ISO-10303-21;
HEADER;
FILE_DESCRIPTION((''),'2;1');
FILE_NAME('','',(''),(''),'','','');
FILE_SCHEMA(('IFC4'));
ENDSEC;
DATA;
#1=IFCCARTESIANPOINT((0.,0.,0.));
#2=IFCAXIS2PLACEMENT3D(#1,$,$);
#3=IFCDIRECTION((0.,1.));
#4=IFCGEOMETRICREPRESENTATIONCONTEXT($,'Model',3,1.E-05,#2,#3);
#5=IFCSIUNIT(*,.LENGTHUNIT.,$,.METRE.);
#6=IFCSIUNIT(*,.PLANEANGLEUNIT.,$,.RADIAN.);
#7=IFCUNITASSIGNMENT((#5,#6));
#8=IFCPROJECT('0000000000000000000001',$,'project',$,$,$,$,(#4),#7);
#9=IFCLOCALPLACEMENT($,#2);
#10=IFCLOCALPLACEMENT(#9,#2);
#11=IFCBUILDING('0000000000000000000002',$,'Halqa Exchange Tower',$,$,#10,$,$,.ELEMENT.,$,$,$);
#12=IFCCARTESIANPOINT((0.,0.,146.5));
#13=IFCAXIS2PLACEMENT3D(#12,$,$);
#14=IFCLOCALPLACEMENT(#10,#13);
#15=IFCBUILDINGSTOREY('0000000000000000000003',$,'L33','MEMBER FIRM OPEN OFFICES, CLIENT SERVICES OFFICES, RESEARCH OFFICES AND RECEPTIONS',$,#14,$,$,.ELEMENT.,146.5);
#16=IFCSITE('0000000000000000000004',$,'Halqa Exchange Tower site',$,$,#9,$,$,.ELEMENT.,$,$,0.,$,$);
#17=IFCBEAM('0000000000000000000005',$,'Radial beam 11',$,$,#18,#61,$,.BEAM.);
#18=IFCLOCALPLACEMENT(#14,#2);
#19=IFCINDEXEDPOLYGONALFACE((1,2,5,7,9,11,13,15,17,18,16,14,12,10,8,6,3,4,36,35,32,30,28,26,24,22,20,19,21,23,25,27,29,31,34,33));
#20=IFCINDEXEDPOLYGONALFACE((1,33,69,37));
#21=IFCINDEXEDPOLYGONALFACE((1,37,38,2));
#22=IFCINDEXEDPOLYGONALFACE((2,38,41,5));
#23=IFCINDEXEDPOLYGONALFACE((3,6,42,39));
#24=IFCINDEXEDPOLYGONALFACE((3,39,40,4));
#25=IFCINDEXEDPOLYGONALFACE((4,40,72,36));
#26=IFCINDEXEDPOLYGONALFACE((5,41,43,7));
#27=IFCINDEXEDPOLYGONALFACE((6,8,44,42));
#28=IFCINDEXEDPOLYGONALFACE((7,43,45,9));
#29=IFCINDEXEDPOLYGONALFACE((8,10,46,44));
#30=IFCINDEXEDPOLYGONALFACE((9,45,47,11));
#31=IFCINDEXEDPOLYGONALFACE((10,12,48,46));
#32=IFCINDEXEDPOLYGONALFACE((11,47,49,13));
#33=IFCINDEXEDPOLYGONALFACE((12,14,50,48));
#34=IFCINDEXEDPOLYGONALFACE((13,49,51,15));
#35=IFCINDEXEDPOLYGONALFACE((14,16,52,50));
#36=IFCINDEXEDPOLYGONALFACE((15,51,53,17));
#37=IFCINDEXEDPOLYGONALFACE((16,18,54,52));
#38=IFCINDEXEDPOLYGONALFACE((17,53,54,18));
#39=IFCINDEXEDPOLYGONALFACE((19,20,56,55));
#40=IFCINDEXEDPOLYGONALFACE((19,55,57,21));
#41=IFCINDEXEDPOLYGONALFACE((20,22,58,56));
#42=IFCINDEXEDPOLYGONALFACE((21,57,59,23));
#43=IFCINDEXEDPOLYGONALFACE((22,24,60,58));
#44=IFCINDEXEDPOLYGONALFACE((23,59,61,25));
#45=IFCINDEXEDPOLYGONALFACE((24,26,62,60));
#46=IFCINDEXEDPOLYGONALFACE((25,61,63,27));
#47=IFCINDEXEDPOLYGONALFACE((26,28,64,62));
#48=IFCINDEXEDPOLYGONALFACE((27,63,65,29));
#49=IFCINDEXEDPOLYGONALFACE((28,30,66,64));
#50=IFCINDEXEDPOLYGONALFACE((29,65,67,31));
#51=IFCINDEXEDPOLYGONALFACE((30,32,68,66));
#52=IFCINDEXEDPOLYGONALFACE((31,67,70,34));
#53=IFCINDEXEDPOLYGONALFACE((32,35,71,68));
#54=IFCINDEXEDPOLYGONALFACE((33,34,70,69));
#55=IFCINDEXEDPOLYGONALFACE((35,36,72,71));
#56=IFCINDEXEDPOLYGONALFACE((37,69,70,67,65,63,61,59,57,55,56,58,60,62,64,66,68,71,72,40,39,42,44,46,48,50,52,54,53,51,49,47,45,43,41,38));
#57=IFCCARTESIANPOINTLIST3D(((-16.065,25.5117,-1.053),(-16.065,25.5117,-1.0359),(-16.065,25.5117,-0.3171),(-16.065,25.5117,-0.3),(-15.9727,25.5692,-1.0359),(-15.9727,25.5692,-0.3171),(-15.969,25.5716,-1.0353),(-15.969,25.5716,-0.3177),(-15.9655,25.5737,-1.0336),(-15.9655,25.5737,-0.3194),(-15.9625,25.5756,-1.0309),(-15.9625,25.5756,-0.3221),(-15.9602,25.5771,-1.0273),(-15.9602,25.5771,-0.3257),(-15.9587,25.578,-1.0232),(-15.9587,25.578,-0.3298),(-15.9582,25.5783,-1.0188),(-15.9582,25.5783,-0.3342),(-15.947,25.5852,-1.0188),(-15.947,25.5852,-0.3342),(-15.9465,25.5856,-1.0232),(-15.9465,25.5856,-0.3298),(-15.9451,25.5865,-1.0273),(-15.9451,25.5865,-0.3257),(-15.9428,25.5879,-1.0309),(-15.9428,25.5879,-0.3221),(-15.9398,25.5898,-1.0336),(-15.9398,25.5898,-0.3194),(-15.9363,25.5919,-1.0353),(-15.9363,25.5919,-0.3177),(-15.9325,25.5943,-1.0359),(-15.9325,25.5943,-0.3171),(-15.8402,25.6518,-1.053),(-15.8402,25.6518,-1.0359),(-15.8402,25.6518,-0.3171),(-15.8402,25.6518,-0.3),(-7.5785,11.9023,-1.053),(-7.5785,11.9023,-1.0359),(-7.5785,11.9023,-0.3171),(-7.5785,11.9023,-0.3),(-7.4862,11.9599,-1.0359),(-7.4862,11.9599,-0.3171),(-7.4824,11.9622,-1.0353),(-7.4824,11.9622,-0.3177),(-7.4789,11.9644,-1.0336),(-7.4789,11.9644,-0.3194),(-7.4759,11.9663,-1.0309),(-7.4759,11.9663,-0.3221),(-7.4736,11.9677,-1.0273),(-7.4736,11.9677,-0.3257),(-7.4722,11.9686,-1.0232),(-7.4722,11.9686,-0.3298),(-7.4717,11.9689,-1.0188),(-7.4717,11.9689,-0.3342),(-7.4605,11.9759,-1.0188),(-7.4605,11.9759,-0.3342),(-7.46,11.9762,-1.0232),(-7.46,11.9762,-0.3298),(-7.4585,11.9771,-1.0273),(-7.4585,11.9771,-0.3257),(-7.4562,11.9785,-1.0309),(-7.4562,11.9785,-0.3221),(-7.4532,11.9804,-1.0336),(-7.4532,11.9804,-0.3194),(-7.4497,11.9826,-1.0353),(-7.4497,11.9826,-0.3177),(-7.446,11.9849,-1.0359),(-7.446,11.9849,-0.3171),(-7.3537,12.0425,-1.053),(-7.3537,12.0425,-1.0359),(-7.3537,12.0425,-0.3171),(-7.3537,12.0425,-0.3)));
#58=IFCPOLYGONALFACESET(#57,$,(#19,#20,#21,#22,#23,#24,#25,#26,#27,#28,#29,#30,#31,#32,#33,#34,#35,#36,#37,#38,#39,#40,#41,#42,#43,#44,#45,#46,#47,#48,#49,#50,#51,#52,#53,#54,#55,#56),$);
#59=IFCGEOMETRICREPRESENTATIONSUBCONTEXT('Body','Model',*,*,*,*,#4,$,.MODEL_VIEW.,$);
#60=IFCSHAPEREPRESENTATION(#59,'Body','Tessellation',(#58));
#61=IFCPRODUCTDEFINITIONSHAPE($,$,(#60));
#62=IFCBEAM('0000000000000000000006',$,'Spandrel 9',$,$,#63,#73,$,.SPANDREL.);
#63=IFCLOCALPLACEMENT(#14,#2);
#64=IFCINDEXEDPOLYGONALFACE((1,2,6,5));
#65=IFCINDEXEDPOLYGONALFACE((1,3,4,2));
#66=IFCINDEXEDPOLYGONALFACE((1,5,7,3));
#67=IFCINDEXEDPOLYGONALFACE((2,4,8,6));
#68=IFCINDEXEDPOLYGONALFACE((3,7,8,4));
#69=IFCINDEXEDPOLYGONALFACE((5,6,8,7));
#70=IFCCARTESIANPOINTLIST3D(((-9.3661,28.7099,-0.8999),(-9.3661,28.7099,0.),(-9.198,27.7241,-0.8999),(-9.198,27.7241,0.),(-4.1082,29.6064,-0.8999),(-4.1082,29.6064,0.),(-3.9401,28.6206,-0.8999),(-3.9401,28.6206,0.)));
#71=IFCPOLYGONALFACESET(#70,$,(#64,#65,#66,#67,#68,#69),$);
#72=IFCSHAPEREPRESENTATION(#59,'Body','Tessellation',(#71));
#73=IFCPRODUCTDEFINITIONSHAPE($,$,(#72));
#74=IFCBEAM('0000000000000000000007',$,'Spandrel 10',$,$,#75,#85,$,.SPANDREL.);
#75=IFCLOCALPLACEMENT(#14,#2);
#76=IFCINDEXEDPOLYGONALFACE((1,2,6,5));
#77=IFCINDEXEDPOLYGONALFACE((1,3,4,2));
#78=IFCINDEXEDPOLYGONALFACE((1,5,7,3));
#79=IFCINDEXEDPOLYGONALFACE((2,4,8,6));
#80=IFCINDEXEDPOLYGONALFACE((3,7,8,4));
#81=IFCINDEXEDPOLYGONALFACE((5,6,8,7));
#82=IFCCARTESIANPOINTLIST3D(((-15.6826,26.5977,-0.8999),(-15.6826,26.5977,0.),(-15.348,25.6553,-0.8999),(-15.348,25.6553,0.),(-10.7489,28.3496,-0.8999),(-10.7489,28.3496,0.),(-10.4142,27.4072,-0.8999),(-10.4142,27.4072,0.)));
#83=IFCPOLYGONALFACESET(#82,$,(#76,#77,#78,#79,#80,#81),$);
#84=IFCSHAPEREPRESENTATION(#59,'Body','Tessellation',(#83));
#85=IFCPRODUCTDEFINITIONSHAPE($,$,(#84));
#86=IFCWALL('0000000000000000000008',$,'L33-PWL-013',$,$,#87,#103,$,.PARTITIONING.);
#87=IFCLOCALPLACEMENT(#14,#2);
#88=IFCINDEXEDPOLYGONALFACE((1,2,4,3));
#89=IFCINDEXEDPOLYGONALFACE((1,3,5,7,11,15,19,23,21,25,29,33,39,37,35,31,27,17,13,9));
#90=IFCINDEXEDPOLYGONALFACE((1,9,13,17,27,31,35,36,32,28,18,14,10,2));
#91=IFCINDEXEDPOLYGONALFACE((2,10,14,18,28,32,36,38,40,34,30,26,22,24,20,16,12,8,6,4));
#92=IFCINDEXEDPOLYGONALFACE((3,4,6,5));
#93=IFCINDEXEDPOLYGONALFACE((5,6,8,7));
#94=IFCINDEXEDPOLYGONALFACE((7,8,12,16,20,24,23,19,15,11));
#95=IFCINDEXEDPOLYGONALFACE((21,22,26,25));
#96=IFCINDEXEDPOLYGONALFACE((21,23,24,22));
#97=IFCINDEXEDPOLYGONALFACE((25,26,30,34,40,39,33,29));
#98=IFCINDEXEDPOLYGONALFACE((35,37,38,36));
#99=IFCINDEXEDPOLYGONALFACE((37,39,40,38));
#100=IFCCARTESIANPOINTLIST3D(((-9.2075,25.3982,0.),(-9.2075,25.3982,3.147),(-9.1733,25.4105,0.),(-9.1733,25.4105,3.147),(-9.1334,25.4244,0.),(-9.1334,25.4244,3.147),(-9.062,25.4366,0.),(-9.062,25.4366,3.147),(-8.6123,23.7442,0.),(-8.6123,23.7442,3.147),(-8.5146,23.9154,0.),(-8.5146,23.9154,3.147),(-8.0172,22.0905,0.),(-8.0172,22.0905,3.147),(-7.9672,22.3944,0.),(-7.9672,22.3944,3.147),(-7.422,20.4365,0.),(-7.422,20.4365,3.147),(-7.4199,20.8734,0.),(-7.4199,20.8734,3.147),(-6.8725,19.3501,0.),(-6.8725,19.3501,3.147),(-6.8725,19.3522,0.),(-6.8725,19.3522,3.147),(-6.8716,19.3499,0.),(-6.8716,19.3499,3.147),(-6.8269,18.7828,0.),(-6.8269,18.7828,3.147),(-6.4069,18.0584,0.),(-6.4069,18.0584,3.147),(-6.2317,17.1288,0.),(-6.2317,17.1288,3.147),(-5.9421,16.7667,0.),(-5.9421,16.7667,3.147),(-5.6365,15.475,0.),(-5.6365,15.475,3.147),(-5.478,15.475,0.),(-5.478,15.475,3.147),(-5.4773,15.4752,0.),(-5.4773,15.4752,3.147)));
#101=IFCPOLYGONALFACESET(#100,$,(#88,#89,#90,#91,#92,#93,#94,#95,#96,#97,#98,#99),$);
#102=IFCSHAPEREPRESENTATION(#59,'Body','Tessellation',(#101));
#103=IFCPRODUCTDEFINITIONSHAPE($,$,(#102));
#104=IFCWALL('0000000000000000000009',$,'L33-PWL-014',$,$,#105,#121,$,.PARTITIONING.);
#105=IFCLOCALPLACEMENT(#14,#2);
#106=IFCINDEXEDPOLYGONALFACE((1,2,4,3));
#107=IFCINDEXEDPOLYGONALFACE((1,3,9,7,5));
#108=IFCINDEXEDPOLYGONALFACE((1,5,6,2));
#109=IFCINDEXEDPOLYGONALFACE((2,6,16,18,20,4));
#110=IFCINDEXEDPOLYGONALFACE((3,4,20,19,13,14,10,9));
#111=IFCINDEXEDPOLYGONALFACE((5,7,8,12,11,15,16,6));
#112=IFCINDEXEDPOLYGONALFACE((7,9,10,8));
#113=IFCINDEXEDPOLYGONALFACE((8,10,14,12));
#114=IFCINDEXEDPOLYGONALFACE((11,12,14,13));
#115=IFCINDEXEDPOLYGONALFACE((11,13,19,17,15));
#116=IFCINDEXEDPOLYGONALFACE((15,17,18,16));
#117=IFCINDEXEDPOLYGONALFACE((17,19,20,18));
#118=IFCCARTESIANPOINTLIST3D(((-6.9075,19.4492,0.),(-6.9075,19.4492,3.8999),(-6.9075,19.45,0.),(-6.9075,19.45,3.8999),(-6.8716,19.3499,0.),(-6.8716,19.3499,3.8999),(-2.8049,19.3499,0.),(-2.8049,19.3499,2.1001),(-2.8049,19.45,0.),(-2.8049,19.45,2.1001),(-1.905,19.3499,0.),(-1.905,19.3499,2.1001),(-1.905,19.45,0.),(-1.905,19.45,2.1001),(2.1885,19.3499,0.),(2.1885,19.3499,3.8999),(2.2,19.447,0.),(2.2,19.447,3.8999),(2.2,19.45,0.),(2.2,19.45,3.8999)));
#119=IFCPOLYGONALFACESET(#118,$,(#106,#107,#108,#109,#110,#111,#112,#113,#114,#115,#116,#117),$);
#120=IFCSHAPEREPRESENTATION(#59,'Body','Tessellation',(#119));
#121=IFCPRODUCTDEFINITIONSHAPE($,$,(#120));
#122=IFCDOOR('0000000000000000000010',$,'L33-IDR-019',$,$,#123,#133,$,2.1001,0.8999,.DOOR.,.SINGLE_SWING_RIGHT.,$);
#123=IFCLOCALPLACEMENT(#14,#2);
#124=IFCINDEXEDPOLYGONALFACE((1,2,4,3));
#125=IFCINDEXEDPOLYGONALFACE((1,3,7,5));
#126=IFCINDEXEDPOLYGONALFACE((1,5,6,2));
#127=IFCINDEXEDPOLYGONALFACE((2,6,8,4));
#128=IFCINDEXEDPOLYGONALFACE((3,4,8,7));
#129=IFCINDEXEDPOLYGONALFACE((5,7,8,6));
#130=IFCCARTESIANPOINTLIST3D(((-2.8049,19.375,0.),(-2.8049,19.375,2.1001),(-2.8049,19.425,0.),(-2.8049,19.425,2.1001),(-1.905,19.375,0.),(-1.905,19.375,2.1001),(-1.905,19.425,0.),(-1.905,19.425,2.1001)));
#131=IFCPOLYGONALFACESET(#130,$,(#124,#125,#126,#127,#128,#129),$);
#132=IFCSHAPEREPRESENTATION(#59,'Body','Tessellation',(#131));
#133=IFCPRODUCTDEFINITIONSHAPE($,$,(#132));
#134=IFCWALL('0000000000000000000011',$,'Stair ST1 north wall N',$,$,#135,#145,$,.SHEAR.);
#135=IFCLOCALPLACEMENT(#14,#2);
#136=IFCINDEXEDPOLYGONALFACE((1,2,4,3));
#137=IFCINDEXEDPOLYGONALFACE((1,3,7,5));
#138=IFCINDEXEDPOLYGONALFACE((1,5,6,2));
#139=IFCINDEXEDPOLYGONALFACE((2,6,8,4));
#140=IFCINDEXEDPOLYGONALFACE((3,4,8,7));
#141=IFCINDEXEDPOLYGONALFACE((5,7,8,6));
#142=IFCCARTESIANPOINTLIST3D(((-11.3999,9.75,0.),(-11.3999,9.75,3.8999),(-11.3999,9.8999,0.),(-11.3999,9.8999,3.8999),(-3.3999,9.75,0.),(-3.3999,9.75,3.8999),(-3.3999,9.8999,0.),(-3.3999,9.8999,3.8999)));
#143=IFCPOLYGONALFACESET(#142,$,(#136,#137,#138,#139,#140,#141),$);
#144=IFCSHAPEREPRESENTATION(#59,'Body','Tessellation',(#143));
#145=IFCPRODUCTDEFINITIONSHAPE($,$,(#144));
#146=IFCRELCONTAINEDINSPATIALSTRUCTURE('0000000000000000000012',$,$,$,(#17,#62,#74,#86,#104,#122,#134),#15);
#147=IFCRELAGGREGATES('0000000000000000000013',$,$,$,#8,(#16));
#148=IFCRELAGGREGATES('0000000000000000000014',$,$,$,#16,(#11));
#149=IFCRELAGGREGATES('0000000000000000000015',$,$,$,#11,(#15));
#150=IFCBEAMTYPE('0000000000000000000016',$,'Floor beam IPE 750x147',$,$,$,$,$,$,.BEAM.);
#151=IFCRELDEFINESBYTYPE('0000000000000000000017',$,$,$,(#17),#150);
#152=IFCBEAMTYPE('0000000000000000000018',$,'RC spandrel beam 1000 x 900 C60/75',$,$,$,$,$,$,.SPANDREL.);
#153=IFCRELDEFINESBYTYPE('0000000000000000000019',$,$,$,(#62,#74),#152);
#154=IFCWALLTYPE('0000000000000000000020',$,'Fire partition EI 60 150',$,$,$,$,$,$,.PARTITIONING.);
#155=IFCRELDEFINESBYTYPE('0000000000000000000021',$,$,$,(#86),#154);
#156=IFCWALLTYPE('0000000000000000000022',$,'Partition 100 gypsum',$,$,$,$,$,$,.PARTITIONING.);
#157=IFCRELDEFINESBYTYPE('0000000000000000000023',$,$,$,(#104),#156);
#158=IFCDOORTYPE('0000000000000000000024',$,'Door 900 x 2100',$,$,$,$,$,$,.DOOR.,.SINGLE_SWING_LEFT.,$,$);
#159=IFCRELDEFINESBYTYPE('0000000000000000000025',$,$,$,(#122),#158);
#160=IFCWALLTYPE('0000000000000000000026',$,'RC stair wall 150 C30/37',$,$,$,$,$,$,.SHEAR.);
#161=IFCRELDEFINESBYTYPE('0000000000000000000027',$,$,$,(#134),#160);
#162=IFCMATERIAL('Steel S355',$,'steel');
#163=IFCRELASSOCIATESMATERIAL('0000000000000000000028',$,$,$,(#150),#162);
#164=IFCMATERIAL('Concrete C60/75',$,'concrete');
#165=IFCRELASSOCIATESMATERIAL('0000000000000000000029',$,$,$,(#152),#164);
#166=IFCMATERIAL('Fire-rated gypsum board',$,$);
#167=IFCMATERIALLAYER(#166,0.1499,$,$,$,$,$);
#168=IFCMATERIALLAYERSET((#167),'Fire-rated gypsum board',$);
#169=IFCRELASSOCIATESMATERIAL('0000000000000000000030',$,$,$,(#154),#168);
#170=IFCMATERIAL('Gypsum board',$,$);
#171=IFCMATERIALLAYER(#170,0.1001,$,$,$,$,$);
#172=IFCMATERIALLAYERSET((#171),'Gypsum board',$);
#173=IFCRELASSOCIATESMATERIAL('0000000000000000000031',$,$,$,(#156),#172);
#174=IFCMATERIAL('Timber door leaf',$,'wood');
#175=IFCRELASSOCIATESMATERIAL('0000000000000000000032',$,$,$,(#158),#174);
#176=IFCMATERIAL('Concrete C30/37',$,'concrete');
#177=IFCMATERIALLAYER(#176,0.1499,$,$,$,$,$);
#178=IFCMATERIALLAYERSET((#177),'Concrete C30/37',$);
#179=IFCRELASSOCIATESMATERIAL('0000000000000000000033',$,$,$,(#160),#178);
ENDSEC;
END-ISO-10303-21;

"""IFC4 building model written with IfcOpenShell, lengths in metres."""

from ifc_helpers import new_model, si_unit, direction, frame, frame_2d, origin, origin_2d, place, context, subcontext, project, spatial, polyline, rectangle, i_section, outline, extrude, material, layer, layer_set, material_profile, profile_set, type_object, element, fill, save


model = new_model("IFC4")

# Units and contexts
model_context = context("Model", 3, precision=1e-05, world=origin(), true_north=direction((0.0, 1.0)))
body_context = subcontext(model_context, "Body", "Model", "MODEL_VIEW")
ifc_project = project(units=[si_unit("LENGTHUNIT", "METRE"), si_unit("PLANEANGLEUNIT", "RADIAN")], contexts=[model_context])

# Site, building, storey
site_placement = place(None, origin())
site = spatial("IfcSite", under=ifc_project, at=site_placement, Name="Halqa Exchange Tower site", CompositionType="ELEMENT", RefElevation=0.0)
building_placement = place(site_placement, origin())
building = spatial("IfcBuilding", under=site, at=building_placement, Name="Halqa Exchange Tower", CompositionType="ELEMENT")
storey_placement = place(building_placement, frame((0.0, 0.0, 146.5)))
storey = spatial("IfcBuildingStorey", under=building, at=storey_placement, Name="L33", Description="MEMBER FIRM OPEN OFFICES, CLIENT SERVICES OFFICES, RESEARCH OFFICES AND RECEPTIONS", CompositionType="ELEMENT", Elevation=146.5)

# Beams
ifc_material_1 = material(Name="Steel S355", Category="steel")
ifc_material_profile_1 = material_profile(ifc_material_1, i_section(OverallWidth=0.2649, OverallDepth=0.7529, WebThickness=0.0132, FlangeThickness=0.0171, FilletRadius=0.0171, at=origin_2d()), Name="IPE 750x147")
ifc_profile_set_1 = profile_set([ifc_material_profile_1], Name="Steel S355")
beam_type_1 = type_object("IfcBeamType", Name="Floor beam IPE 750x147", PredefinedType="BEAM", material=ifc_profile_set_1)
beam_1_placement = place(storey_placement, frame((-7.4661, 11.9724, -0.6765), z_axis=(-0.529134, 0.848538, 0.0), x_axis=(-0.848538, -0.529134, 0.0)))
element("IfcBeam", 1, at=beam_1_placement, inside=storey, type_object=beam_type_1, Name="Radial beam 11", PredefinedType="BEAM", context=body_context, shape_type="SweptSolid", body=[
    extrude(i_section(OverallWidth=0.2649, OverallDepth=0.7529, WebThickness=0.0132, FlangeThickness=0.0171, FilletRadius=0.0171, at=origin_2d()), origin(), (0.0, 0.0, 1.0), 16.0386),
])
ifc_material_2 = material(Name="Concrete C60/75", Category="concrete")
ifc_material_profile_2 = material_profile(ifc_material_2, rectangle(XDim=1.0, YDim=0.8999, at=origin_2d()), Name="1000 x 900")
ifc_profile_set_2 = profile_set([ifc_material_profile_2], Name="Concrete C60/75")
beam_type_2 = type_object("IfcBeamType", Name="RC spandrel beam 1000 x 900 C60/75", PredefinedType="SPANDREL", material=ifc_profile_set_2)
beam_2_placement = place(storey_placement, frame((-4.0242, 29.1135, -0.45), z_axis=(-0.985773, -0.168079, 0.0), x_axis=(0.168079, -0.985773, 0.0)))
element("IfcBeam", 2, at=beam_2_placement, inside=storey, type_object=beam_type_2, Name="Spandrel 9", PredefinedType="SPANDREL", context=body_context, shape_type="SweptSolid", body=[
    extrude(rectangle(XDim=1.0, YDim=0.8999, at=origin_2d()), origin(), (0.0, 0.0, 1.0), 5.3337),
])
beam_3_placement = place(storey_placement, frame((-10.5815, 27.8784, -0.45), z_axis=(-0.942353, -0.33462, 0.0), x_axis=(0.33462, -0.942353, 0.0)))
element("IfcBeam", 3, at=beam_3_placement, inside=storey, type_object=beam_type_2, Name="Spandrel 10", PredefinedType="SPANDREL", context=body_context, shape_type="SweptSolid", body=[
    extrude(rectangle(XDim=1.0, YDim=0.8999, at=origin_2d()), origin(), (0.0, 0.0, 1.0), 5.2356),
])

# Wall
ifc_material_3 = material(Name="Fire-rated gypsum board")
ifc_layer_1 = layer(ifc_material_3, 0.1499)
ifc_layer_set_1 = layer_set([ifc_layer_1], Name="Fire-rated gypsum board")
wall_type_1 = type_object("IfcWallType", Name="Fire partition EI 60 150", PredefinedType="PARTITIONING", material=ifc_layer_set_1)
wall_1_placement = place(storey_placement, frame((-9.137, 25.4236, 0.0), z_axis=(0.0, 0.0, 1.0), x_axis=(0.338603, -0.940929, 0.0)))
element("IfcWall", 4, at=wall_1_placement, inside=storey, type_object=wall_type_1, Name="L33-PWL-013", PredefinedType="PARTITIONING", context=body_context, shape_type="SweptSolid", body=[
    extrude(outline(polyline([(0.0, -0.075), (1.7578, -0.075), (3.5154, -0.075), (5.2732, -0.075), (7.0308, -0.075), (8.7886, -0.075), (10.5461, -0.075), (10.5999, 0.0742), (10.5999, 0.075), (9.2273, 0.075), (7.8545, 0.075), (6.4819, 0.075), (6.4814, 0.0742), (6.4795, 0.075), (4.8628, 0.075), (3.2463, 0.075), (1.6299, 0.075), (0.0132, 0.075), (0.0005, 0.0037), (0.0, -0.0386), (0.0, -0.075)])), origin(), (0.0, 0.0, 1.0), 3.147),
])

# Wall, opening, door
ifc_material_4 = material(Name="Gypsum board")
ifc_layer_2 = layer(ifc_material_4, 0.1001)
ifc_layer_set_2 = layer_set([ifc_layer_2], Name="Gypsum board")
wall_type_2 = type_object("IfcWallType", Name="Partition 100 gypsum", PredefinedType="PARTITIONING", material=ifc_layer_set_2)
wall_2_placement = place(storey_placement, frame((-6.9075, 19.3999, 0.0), z_axis=(0.0, 0.0, 1.0), x_axis=(1.0, 0.0, 0.0)))
wall_2 = element("IfcWall", 5, at=wall_2_placement, inside=storey, type_object=wall_type_2, Name="L33-PWL-014", PredefinedType="PARTITIONING", context=body_context, shape_type="SweptSolid", body=[
    extrude(outline(polyline([(0.0359, -0.05), (1.8479, -0.05), (3.6599, -0.05), (5.4719, -0.05), (7.2839, -0.05), (9.0959, -0.05), (9.1074, 0.0471), (9.1074, 0.05), (7.2859, 0.05), (5.4644, 0.05), (3.6431, 0.05), (1.8215, 0.05), (0.0, 0.05), (0.0, 0.0493), (0.0359, -0.05)])), origin(), (0.0, 0.0, 1.0), 3.8999),
])
opening_1_placement = place(wall_2_placement, frame((4.1025, 0.0, 0.0)))
opening_1 = element("IfcOpeningElement", 6, at=opening_1_placement, cuts=wall_2, PredefinedType="OPENING", context=body_context, shape_type="SweptSolid", body=[
    extrude(rectangle(XDim=0.8999, YDim=2.1001, at=frame_2d((0.45, 1.05))), frame((0.0, 0.062, 0.0), z_axis=(0.0, -1.0, 0.0), x_axis=(1.0, 0.0, 0.0)), (0.0, 0.0, 1.0), 0.124),
])
ifc_material_5 = material(Name="Timber door leaf", Category="wood")
door_type = type_object("IfcDoorType", Name="Door 900 x 2100", OperationType="SINGLE_SWING_LEFT", PredefinedType="DOOR", material=ifc_material_5)
door_placement = place(opening_1_placement, frame((0.8999, 0.0, 0.0), z_axis=(0.0, 0.0, 1.0), x_axis=(-1.0, 0.0, 0.0)))
door = element("IfcDoor", 7, at=door_placement, inside=storey, type_object=door_type, Name="L33-IDR-019", OperationType="SINGLE_SWING_RIGHT", OverallHeight=2.1001, OverallWidth=0.8999, PredefinedType="DOOR", context=body_context, shape_type="SweptSolid", body=[
    extrude(rectangle(XDim=0.8999, YDim=2.1001, at=frame_2d((0.45, 1.05))), frame((0.0, 0.0249, 0.0), z_axis=(0.0, -1.0, 0.0), x_axis=(1.0, 0.0, 0.0)), (0.0, 0.0, 1.0), 0.05),
])
fill(opening_1, door)

# Wall
ifc_material_6 = material(Name="Concrete C30/37", Category="concrete")
ifc_layer_3 = layer(ifc_material_6, 0.1499)
ifc_layer_set_3 = layer_set([ifc_layer_3], Name="Concrete C30/37")
wall_type_3 = type_object("IfcWallType", Name="RC stair wall 150 C30/37", PredefinedType="SHEAR", material=ifc_layer_set_3)
wall_3_placement = place(storey_placement, frame((-11.3999, 9.825, 0.0), z_axis=(0.0, 0.0, 1.0), x_axis=(1.0, 0.0, 0.0)))
element("IfcWall", 8, at=wall_3_placement, inside=storey, type_object=wall_type_3, Name="Stair ST1 north wall N", PredefinedType="SHEAR", context=body_context, shape_type="SweptSolid", body=[
    extrude(rectangle(XDim=8.0, YDim=0.1499, at=frame_2d((4.0, 0.0))), origin(), (0.0, 0.0, 1.0), 3.8999),
])

save(model, "model.ifc")
